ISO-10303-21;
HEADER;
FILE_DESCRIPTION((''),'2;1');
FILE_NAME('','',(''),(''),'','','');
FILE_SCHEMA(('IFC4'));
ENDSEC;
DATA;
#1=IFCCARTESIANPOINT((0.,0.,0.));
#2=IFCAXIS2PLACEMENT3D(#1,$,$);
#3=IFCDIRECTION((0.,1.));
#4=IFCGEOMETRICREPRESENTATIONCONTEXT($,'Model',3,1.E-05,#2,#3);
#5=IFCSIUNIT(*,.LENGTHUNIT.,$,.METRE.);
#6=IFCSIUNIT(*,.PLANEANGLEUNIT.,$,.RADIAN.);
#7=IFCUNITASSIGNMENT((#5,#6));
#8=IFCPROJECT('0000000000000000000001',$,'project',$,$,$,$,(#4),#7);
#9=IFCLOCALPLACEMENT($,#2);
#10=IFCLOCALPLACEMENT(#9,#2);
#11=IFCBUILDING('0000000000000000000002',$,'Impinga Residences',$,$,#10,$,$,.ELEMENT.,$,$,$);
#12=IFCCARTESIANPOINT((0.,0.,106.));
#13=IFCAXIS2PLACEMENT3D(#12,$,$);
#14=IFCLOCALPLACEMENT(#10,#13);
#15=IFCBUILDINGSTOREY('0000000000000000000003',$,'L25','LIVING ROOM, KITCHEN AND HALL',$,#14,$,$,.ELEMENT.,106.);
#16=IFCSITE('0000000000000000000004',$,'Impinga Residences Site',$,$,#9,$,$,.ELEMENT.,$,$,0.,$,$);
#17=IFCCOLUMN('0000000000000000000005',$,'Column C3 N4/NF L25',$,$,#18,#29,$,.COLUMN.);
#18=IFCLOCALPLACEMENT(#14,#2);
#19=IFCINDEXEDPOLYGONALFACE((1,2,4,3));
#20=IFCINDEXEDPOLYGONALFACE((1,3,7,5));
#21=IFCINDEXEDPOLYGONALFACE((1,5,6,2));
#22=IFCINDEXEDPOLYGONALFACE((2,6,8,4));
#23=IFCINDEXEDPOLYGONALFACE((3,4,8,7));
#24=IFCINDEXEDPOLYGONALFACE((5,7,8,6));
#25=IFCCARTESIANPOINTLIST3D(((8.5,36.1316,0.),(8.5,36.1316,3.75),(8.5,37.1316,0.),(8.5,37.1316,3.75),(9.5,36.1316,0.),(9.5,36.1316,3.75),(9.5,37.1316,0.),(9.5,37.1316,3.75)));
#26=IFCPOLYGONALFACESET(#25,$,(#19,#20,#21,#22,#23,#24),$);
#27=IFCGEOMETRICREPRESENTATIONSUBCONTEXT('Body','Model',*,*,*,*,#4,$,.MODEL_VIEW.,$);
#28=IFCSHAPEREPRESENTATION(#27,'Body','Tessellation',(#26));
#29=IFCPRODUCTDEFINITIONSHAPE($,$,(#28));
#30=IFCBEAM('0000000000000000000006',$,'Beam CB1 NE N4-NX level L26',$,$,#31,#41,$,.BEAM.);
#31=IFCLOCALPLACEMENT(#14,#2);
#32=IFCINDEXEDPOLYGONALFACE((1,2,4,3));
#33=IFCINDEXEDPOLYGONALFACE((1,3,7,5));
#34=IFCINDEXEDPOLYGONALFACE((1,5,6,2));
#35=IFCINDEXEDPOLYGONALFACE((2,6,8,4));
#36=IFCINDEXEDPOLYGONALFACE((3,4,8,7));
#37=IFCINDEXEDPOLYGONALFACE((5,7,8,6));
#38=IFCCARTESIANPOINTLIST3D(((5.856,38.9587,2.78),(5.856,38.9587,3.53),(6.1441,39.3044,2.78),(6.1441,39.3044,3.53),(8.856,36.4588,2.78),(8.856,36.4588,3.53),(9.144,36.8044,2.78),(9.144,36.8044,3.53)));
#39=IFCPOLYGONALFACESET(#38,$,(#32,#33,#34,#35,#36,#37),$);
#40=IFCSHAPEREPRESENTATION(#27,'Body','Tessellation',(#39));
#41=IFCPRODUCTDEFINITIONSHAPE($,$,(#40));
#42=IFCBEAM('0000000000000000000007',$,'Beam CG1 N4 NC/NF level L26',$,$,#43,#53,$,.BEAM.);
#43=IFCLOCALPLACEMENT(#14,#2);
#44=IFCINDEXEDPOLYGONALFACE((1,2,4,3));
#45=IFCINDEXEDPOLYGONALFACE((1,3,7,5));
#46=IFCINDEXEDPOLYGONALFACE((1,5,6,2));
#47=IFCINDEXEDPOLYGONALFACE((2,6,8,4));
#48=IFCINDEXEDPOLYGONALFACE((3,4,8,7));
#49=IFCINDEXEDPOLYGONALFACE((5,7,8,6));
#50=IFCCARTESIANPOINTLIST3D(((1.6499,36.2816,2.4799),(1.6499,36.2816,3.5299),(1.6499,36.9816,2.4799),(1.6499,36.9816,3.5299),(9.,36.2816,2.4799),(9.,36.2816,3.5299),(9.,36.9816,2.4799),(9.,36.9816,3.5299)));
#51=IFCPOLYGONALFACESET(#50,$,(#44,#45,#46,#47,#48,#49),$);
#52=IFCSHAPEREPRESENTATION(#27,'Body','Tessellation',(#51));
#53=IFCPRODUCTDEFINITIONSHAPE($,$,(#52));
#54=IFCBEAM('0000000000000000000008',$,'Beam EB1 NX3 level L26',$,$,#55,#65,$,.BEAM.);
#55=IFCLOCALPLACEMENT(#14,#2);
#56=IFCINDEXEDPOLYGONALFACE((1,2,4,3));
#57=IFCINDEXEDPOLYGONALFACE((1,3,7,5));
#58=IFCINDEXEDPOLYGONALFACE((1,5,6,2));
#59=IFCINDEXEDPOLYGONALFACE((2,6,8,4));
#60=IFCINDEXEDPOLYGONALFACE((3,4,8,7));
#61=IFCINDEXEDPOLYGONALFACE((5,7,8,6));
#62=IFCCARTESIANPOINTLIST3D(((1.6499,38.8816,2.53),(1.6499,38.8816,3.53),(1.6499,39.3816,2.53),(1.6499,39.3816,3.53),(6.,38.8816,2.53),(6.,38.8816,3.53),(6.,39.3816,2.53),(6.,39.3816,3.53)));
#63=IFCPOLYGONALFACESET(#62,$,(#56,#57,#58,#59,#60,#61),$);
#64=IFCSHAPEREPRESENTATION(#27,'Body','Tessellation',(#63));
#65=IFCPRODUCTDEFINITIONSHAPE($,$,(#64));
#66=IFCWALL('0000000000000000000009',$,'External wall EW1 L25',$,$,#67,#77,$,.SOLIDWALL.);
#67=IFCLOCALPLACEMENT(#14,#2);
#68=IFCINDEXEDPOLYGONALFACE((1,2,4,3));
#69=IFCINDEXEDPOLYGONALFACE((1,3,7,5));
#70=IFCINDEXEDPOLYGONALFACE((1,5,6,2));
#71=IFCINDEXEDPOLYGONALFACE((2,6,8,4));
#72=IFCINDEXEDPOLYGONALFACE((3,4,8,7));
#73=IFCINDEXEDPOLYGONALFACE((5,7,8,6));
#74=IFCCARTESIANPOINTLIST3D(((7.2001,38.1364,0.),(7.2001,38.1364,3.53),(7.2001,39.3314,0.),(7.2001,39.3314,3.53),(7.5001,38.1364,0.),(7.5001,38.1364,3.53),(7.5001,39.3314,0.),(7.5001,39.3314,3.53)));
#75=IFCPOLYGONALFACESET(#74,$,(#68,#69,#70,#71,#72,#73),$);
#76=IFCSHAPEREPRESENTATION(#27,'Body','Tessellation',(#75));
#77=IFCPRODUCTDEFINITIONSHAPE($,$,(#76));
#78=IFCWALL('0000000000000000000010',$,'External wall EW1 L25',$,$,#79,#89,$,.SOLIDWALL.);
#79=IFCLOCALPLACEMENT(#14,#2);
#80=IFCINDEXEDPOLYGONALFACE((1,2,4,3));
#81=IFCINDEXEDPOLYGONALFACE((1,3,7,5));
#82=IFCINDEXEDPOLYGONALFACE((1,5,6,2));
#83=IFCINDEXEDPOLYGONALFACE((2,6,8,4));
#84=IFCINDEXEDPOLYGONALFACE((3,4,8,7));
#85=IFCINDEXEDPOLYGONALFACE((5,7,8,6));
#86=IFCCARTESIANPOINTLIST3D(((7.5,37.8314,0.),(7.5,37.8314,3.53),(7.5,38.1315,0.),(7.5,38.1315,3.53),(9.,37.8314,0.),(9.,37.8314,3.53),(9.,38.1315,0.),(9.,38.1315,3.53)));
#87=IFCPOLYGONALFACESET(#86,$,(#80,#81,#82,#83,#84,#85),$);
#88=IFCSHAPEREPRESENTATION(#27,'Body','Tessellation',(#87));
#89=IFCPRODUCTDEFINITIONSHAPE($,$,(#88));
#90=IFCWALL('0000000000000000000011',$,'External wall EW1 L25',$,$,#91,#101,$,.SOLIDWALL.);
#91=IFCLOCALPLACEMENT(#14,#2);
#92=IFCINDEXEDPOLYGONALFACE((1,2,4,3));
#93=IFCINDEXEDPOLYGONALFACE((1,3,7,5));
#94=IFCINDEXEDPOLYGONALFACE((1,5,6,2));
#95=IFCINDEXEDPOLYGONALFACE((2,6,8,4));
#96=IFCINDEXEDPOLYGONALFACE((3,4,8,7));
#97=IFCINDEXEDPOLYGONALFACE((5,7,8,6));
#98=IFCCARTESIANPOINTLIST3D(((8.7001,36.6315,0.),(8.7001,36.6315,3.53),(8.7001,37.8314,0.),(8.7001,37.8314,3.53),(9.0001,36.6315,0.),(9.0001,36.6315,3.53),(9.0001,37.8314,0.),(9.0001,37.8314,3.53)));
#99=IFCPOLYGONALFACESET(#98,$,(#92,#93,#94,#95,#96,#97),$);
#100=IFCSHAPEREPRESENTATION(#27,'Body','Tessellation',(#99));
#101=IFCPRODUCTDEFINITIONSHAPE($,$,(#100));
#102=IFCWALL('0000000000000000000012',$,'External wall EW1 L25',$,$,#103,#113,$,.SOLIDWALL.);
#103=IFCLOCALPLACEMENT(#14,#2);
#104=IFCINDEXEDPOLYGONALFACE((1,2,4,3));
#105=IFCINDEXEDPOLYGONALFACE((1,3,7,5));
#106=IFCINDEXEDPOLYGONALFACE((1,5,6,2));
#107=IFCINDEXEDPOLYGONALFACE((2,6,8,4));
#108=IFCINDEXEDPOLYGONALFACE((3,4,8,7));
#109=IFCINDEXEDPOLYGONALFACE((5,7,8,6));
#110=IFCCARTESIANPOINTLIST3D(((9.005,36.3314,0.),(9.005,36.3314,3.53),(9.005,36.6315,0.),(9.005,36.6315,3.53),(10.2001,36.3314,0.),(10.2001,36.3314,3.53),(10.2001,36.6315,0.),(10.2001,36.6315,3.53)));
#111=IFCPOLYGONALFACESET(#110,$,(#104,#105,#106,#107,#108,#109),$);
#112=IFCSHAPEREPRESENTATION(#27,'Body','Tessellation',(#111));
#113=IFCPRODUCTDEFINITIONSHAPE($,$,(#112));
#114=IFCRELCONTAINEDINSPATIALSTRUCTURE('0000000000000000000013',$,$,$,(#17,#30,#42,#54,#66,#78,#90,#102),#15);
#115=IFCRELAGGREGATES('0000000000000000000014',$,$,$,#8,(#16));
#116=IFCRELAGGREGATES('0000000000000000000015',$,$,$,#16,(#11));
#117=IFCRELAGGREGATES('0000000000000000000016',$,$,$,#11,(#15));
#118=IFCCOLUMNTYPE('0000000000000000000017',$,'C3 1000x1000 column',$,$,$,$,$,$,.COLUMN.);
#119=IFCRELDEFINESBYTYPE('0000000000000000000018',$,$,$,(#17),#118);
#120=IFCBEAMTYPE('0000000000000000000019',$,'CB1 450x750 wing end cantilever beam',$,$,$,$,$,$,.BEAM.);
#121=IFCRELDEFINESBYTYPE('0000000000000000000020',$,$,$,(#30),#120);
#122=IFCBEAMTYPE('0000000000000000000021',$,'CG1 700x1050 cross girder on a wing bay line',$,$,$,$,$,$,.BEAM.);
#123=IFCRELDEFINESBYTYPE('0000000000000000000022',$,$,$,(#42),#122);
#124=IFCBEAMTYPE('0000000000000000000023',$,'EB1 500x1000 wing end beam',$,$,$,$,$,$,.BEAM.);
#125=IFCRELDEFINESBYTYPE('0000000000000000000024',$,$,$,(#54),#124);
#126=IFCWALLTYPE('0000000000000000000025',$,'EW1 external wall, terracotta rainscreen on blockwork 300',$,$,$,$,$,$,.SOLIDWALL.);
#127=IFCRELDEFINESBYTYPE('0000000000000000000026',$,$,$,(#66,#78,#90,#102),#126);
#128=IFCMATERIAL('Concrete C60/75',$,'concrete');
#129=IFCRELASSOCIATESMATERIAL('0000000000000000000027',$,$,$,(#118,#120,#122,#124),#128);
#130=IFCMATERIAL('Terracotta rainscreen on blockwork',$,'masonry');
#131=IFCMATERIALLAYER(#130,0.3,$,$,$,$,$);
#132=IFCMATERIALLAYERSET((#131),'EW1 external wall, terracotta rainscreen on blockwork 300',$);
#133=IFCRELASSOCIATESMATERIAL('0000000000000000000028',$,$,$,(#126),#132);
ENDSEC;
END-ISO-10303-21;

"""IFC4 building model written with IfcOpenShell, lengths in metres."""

from ifc_helpers import new_model, si_unit, direction, frame, frame_2d, origin, origin_2d, place, context, subcontext, project, spatial, rectangle, extrude, material, layer, layer_set, material_profile, profile_set, type_object, element, save


model = new_model("IFC4")

# Units and contexts
model_context = context("Model", 3, precision=1e-05, world=origin(), true_north=direction((0.0, 1.0)))
body_context = subcontext(model_context, "Body", "Model", "MODEL_VIEW")
ifc_project = project(units=[si_unit("LENGTHUNIT", "METRE"), si_unit("PLANEANGLEUNIT", "RADIAN")], contexts=[model_context])

# Site, building, storey
site_placement = place(None, origin())
site = spatial("IfcSite", under=ifc_project, at=site_placement, Name="Impinga Residences Site", CompositionType="ELEMENT", RefElevation=0.0)
building_placement = place(site_placement, origin())
building = spatial("IfcBuilding", under=site, at=building_placement, Name="Impinga Residences", CompositionType="ELEMENT")
storey_placement = place(building_placement, frame((0.0, 0.0, 106.0)))
storey = spatial("IfcBuildingStorey", under=building, at=storey_placement, Name="L25", Description="LIVING ROOM, KITCHEN AND HALL", CompositionType="ELEMENT", Elevation=106.0)

# Column
ifc_material_1 = material(Name="Concrete C60/75", Category="concrete")
ifc_material_profile_1 = material_profile(ifc_material_1, rectangle(XDim=1.0, YDim=1.0, at=origin_2d()), Name="RC 1000x1000")
ifc_profile_set_1 = profile_set([ifc_material_profile_1], Name="Concrete C60/75")
column_type = type_object("IfcColumnType", Name="C3 1000x1000 column", PredefinedType="COLUMN", material=ifc_profile_set_1)
column_placement = place(storey_placement, frame((9.0, 36.6316, 0.0), z_axis=(0.0, 0.0, 1.0), x_axis=(1.0, 0.0, 0.0)))
element("IfcColumn", 1, at=column_placement, inside=storey, type_object=column_type, Name="Column C3 N4/NF L25", PredefinedType="COLUMN", context=body_context, shape_type="SweptSolid", body=[
    extrude(rectangle(XDim=1.0, YDim=1.0, at=origin_2d()), origin(), (0.0, 0.0, 1.0), 3.75),
])

# Beams
ifc_material_profile_2 = material_profile(ifc_material_1, rectangle(XDim=0.45, YDim=0.75, at=origin_2d()), Name="RC 450x750")
ifc_profile_set_2 = profile_set([ifc_material_profile_2], Name="Concrete C60/75")
beam_type_1 = type_object("IfcBeamType", Name="CB1 450x750 wing end cantilever beam", PredefinedType="BEAM", material=ifc_profile_set_2)
beam_1_placement = place(storey_placement, frame((9.0, 36.6316, 3.155), z_axis=(-0.768221, 0.640184, 0.0), x_axis=(-0.640184, -0.768221, 0.0)))
element("IfcBeam", 2, at=beam_1_placement, inside=storey, type_object=beam_type_1, Name="Beam CB1 NE N4-NX level L26", PredefinedType="BEAM", context=body_context, shape_type="SweptSolid", body=[
    extrude(rectangle(XDim=0.45, YDim=0.75, at=origin_2d()), origin(), (0.0, 0.0, 1.0), 3.905),
])
ifc_material_profile_3 = material_profile(ifc_material_1, rectangle(XDim=0.7, YDim=1.05, at=origin_2d()), Name="RC 700x1050")
ifc_profile_set_3 = profile_set([ifc_material_profile_3], Name="Concrete C60/75")
beam_type_2 = type_object("IfcBeamType", Name="CG1 700x1050 cross girder on a wing bay line", PredefinedType="BEAM", material=ifc_profile_set_3)
beam_2_placement = place(storey_placement, frame((1.6499, 36.6316, 3.0049), z_axis=(1.0, 0.0, 0.0), x_axis=(0.0, 1.0, 0.0)))
element("IfcBeam", 3, at=beam_2_placement, inside=storey, type_object=beam_type_2, Name="Beam CG1 N4 NC/NF level L26", PredefinedType="BEAM", context=body_context, shape_type="SweptSolid", body=[
    extrude(rectangle(XDim=0.7, YDim=1.05, at=origin_2d()), origin(), (0.0, 0.0, 1.0), 7.3501),
])
ifc_material_profile_4 = material_profile(ifc_material_1, rectangle(XDim=0.5, YDim=1.0, at=origin_2d()), Name="RC 500x1000")
ifc_profile_set_4 = profile_set([ifc_material_profile_4], Name="Concrete C60/75")
beam_type_3 = type_object("IfcBeamType", Name="EB1 500x1000 wing end beam", PredefinedType="BEAM", material=ifc_profile_set_4)
beam_3_placement = place(storey_placement, frame((1.6499, 39.1316, 3.03), z_axis=(1.0, 0.0, 0.0), x_axis=(0.0, 1.0, 0.0)))
element("IfcBeam", 4, at=beam_3_placement, inside=storey, type_object=beam_type_3, Name="Beam EB1 NX3 level L26", PredefinedType="BEAM", context=body_context, shape_type="SweptSolid", body=[
    extrude(rectangle(XDim=0.5, YDim=1.0, at=origin_2d()), origin(), (0.0, 0.0, 1.0), 4.3501),
])

# Walls
ifc_material_2 = material(Name="Terracotta rainscreen on blockwork", Category="masonry")
ifc_layer_1 = layer(ifc_material_2, 0.3)
ifc_layer_set_1 = layer_set([ifc_layer_1], Name="EW1 external wall, terracotta rainscreen on blockwork 300")
wall_type_1 = type_object("IfcWallType", Name="EW1 external wall, terracotta rainscreen on blockwork 300", PredefinedType="SOLIDWALL", material=ifc_layer_set_1)
wall_1_placement = place(storey_placement, frame((7.3501, 39.3315, 0.0), z_axis=(0.0, 0.0, 1.0), x_axis=(0.0, -1.0, 0.0)))
element("IfcWall", 5, at=wall_1_placement, inside=storey, type_object=wall_type_1, Name="External wall EW1 L25", PredefinedType="SOLIDWALL", context=body_context, shape_type="SweptSolid", body=[
    extrude(rectangle(XDim=1.1951, YDim=0.3, at=frame_2d((0.5977, 0.0))), origin(), (0.0, 0.0, 1.0), 3.53),
])
wall_2_placement = place(storey_placement, frame((7.5, 37.9814, 0.0), z_axis=(0.0, 0.0, 1.0), x_axis=(1.0, 0.0, 0.0)))
element("IfcWall", 6, at=wall_2_placement, inside=storey, type_object=wall_type_1, Name="External wall EW1 L25", PredefinedType="SOLIDWALL", context=body_context, shape_type="SweptSolid", body=[
    extrude(rectangle(XDim=1.5, YDim=0.3, at=frame_2d((0.75, 0.0))), origin(), (0.0, 0.0, 1.0), 3.53),
])
wall_3_placement = place(storey_placement, frame((8.8501, 37.8315, 0.0), z_axis=(0.0, 0.0, 1.0), x_axis=(0.0, -1.0, 0.0)))
element("IfcWall", 7, at=wall_3_placement, inside=storey, type_object=wall_type_1, Name="External wall EW1 L25", PredefinedType="SOLIDWALL", context=body_context, shape_type="SweptSolid", body=[
    extrude(rectangle(XDim=1.2, YDim=0.3, at=frame_2d((0.6001, 0.0))), origin(), (0.0, 0.0, 1.0), 3.53),
])
wall_4_placement = place(storey_placement, frame((9.0049, 36.4814, 0.0), z_axis=(0.0, 0.0, 1.0), x_axis=(1.0, 0.0, 0.0)))
element("IfcWall", 8, at=wall_4_placement, inside=storey, type_object=wall_type_1, Name="External wall EW1 L25", PredefinedType="SOLIDWALL", context=body_context, shape_type="SweptSolid", body=[
    extrude(rectangle(XDim=1.1951, YDim=0.3, at=frame_2d((0.5977, 0.0))), origin(), (0.0, 0.0, 1.0), 3.53),
])

save(model, "model.ifc")
